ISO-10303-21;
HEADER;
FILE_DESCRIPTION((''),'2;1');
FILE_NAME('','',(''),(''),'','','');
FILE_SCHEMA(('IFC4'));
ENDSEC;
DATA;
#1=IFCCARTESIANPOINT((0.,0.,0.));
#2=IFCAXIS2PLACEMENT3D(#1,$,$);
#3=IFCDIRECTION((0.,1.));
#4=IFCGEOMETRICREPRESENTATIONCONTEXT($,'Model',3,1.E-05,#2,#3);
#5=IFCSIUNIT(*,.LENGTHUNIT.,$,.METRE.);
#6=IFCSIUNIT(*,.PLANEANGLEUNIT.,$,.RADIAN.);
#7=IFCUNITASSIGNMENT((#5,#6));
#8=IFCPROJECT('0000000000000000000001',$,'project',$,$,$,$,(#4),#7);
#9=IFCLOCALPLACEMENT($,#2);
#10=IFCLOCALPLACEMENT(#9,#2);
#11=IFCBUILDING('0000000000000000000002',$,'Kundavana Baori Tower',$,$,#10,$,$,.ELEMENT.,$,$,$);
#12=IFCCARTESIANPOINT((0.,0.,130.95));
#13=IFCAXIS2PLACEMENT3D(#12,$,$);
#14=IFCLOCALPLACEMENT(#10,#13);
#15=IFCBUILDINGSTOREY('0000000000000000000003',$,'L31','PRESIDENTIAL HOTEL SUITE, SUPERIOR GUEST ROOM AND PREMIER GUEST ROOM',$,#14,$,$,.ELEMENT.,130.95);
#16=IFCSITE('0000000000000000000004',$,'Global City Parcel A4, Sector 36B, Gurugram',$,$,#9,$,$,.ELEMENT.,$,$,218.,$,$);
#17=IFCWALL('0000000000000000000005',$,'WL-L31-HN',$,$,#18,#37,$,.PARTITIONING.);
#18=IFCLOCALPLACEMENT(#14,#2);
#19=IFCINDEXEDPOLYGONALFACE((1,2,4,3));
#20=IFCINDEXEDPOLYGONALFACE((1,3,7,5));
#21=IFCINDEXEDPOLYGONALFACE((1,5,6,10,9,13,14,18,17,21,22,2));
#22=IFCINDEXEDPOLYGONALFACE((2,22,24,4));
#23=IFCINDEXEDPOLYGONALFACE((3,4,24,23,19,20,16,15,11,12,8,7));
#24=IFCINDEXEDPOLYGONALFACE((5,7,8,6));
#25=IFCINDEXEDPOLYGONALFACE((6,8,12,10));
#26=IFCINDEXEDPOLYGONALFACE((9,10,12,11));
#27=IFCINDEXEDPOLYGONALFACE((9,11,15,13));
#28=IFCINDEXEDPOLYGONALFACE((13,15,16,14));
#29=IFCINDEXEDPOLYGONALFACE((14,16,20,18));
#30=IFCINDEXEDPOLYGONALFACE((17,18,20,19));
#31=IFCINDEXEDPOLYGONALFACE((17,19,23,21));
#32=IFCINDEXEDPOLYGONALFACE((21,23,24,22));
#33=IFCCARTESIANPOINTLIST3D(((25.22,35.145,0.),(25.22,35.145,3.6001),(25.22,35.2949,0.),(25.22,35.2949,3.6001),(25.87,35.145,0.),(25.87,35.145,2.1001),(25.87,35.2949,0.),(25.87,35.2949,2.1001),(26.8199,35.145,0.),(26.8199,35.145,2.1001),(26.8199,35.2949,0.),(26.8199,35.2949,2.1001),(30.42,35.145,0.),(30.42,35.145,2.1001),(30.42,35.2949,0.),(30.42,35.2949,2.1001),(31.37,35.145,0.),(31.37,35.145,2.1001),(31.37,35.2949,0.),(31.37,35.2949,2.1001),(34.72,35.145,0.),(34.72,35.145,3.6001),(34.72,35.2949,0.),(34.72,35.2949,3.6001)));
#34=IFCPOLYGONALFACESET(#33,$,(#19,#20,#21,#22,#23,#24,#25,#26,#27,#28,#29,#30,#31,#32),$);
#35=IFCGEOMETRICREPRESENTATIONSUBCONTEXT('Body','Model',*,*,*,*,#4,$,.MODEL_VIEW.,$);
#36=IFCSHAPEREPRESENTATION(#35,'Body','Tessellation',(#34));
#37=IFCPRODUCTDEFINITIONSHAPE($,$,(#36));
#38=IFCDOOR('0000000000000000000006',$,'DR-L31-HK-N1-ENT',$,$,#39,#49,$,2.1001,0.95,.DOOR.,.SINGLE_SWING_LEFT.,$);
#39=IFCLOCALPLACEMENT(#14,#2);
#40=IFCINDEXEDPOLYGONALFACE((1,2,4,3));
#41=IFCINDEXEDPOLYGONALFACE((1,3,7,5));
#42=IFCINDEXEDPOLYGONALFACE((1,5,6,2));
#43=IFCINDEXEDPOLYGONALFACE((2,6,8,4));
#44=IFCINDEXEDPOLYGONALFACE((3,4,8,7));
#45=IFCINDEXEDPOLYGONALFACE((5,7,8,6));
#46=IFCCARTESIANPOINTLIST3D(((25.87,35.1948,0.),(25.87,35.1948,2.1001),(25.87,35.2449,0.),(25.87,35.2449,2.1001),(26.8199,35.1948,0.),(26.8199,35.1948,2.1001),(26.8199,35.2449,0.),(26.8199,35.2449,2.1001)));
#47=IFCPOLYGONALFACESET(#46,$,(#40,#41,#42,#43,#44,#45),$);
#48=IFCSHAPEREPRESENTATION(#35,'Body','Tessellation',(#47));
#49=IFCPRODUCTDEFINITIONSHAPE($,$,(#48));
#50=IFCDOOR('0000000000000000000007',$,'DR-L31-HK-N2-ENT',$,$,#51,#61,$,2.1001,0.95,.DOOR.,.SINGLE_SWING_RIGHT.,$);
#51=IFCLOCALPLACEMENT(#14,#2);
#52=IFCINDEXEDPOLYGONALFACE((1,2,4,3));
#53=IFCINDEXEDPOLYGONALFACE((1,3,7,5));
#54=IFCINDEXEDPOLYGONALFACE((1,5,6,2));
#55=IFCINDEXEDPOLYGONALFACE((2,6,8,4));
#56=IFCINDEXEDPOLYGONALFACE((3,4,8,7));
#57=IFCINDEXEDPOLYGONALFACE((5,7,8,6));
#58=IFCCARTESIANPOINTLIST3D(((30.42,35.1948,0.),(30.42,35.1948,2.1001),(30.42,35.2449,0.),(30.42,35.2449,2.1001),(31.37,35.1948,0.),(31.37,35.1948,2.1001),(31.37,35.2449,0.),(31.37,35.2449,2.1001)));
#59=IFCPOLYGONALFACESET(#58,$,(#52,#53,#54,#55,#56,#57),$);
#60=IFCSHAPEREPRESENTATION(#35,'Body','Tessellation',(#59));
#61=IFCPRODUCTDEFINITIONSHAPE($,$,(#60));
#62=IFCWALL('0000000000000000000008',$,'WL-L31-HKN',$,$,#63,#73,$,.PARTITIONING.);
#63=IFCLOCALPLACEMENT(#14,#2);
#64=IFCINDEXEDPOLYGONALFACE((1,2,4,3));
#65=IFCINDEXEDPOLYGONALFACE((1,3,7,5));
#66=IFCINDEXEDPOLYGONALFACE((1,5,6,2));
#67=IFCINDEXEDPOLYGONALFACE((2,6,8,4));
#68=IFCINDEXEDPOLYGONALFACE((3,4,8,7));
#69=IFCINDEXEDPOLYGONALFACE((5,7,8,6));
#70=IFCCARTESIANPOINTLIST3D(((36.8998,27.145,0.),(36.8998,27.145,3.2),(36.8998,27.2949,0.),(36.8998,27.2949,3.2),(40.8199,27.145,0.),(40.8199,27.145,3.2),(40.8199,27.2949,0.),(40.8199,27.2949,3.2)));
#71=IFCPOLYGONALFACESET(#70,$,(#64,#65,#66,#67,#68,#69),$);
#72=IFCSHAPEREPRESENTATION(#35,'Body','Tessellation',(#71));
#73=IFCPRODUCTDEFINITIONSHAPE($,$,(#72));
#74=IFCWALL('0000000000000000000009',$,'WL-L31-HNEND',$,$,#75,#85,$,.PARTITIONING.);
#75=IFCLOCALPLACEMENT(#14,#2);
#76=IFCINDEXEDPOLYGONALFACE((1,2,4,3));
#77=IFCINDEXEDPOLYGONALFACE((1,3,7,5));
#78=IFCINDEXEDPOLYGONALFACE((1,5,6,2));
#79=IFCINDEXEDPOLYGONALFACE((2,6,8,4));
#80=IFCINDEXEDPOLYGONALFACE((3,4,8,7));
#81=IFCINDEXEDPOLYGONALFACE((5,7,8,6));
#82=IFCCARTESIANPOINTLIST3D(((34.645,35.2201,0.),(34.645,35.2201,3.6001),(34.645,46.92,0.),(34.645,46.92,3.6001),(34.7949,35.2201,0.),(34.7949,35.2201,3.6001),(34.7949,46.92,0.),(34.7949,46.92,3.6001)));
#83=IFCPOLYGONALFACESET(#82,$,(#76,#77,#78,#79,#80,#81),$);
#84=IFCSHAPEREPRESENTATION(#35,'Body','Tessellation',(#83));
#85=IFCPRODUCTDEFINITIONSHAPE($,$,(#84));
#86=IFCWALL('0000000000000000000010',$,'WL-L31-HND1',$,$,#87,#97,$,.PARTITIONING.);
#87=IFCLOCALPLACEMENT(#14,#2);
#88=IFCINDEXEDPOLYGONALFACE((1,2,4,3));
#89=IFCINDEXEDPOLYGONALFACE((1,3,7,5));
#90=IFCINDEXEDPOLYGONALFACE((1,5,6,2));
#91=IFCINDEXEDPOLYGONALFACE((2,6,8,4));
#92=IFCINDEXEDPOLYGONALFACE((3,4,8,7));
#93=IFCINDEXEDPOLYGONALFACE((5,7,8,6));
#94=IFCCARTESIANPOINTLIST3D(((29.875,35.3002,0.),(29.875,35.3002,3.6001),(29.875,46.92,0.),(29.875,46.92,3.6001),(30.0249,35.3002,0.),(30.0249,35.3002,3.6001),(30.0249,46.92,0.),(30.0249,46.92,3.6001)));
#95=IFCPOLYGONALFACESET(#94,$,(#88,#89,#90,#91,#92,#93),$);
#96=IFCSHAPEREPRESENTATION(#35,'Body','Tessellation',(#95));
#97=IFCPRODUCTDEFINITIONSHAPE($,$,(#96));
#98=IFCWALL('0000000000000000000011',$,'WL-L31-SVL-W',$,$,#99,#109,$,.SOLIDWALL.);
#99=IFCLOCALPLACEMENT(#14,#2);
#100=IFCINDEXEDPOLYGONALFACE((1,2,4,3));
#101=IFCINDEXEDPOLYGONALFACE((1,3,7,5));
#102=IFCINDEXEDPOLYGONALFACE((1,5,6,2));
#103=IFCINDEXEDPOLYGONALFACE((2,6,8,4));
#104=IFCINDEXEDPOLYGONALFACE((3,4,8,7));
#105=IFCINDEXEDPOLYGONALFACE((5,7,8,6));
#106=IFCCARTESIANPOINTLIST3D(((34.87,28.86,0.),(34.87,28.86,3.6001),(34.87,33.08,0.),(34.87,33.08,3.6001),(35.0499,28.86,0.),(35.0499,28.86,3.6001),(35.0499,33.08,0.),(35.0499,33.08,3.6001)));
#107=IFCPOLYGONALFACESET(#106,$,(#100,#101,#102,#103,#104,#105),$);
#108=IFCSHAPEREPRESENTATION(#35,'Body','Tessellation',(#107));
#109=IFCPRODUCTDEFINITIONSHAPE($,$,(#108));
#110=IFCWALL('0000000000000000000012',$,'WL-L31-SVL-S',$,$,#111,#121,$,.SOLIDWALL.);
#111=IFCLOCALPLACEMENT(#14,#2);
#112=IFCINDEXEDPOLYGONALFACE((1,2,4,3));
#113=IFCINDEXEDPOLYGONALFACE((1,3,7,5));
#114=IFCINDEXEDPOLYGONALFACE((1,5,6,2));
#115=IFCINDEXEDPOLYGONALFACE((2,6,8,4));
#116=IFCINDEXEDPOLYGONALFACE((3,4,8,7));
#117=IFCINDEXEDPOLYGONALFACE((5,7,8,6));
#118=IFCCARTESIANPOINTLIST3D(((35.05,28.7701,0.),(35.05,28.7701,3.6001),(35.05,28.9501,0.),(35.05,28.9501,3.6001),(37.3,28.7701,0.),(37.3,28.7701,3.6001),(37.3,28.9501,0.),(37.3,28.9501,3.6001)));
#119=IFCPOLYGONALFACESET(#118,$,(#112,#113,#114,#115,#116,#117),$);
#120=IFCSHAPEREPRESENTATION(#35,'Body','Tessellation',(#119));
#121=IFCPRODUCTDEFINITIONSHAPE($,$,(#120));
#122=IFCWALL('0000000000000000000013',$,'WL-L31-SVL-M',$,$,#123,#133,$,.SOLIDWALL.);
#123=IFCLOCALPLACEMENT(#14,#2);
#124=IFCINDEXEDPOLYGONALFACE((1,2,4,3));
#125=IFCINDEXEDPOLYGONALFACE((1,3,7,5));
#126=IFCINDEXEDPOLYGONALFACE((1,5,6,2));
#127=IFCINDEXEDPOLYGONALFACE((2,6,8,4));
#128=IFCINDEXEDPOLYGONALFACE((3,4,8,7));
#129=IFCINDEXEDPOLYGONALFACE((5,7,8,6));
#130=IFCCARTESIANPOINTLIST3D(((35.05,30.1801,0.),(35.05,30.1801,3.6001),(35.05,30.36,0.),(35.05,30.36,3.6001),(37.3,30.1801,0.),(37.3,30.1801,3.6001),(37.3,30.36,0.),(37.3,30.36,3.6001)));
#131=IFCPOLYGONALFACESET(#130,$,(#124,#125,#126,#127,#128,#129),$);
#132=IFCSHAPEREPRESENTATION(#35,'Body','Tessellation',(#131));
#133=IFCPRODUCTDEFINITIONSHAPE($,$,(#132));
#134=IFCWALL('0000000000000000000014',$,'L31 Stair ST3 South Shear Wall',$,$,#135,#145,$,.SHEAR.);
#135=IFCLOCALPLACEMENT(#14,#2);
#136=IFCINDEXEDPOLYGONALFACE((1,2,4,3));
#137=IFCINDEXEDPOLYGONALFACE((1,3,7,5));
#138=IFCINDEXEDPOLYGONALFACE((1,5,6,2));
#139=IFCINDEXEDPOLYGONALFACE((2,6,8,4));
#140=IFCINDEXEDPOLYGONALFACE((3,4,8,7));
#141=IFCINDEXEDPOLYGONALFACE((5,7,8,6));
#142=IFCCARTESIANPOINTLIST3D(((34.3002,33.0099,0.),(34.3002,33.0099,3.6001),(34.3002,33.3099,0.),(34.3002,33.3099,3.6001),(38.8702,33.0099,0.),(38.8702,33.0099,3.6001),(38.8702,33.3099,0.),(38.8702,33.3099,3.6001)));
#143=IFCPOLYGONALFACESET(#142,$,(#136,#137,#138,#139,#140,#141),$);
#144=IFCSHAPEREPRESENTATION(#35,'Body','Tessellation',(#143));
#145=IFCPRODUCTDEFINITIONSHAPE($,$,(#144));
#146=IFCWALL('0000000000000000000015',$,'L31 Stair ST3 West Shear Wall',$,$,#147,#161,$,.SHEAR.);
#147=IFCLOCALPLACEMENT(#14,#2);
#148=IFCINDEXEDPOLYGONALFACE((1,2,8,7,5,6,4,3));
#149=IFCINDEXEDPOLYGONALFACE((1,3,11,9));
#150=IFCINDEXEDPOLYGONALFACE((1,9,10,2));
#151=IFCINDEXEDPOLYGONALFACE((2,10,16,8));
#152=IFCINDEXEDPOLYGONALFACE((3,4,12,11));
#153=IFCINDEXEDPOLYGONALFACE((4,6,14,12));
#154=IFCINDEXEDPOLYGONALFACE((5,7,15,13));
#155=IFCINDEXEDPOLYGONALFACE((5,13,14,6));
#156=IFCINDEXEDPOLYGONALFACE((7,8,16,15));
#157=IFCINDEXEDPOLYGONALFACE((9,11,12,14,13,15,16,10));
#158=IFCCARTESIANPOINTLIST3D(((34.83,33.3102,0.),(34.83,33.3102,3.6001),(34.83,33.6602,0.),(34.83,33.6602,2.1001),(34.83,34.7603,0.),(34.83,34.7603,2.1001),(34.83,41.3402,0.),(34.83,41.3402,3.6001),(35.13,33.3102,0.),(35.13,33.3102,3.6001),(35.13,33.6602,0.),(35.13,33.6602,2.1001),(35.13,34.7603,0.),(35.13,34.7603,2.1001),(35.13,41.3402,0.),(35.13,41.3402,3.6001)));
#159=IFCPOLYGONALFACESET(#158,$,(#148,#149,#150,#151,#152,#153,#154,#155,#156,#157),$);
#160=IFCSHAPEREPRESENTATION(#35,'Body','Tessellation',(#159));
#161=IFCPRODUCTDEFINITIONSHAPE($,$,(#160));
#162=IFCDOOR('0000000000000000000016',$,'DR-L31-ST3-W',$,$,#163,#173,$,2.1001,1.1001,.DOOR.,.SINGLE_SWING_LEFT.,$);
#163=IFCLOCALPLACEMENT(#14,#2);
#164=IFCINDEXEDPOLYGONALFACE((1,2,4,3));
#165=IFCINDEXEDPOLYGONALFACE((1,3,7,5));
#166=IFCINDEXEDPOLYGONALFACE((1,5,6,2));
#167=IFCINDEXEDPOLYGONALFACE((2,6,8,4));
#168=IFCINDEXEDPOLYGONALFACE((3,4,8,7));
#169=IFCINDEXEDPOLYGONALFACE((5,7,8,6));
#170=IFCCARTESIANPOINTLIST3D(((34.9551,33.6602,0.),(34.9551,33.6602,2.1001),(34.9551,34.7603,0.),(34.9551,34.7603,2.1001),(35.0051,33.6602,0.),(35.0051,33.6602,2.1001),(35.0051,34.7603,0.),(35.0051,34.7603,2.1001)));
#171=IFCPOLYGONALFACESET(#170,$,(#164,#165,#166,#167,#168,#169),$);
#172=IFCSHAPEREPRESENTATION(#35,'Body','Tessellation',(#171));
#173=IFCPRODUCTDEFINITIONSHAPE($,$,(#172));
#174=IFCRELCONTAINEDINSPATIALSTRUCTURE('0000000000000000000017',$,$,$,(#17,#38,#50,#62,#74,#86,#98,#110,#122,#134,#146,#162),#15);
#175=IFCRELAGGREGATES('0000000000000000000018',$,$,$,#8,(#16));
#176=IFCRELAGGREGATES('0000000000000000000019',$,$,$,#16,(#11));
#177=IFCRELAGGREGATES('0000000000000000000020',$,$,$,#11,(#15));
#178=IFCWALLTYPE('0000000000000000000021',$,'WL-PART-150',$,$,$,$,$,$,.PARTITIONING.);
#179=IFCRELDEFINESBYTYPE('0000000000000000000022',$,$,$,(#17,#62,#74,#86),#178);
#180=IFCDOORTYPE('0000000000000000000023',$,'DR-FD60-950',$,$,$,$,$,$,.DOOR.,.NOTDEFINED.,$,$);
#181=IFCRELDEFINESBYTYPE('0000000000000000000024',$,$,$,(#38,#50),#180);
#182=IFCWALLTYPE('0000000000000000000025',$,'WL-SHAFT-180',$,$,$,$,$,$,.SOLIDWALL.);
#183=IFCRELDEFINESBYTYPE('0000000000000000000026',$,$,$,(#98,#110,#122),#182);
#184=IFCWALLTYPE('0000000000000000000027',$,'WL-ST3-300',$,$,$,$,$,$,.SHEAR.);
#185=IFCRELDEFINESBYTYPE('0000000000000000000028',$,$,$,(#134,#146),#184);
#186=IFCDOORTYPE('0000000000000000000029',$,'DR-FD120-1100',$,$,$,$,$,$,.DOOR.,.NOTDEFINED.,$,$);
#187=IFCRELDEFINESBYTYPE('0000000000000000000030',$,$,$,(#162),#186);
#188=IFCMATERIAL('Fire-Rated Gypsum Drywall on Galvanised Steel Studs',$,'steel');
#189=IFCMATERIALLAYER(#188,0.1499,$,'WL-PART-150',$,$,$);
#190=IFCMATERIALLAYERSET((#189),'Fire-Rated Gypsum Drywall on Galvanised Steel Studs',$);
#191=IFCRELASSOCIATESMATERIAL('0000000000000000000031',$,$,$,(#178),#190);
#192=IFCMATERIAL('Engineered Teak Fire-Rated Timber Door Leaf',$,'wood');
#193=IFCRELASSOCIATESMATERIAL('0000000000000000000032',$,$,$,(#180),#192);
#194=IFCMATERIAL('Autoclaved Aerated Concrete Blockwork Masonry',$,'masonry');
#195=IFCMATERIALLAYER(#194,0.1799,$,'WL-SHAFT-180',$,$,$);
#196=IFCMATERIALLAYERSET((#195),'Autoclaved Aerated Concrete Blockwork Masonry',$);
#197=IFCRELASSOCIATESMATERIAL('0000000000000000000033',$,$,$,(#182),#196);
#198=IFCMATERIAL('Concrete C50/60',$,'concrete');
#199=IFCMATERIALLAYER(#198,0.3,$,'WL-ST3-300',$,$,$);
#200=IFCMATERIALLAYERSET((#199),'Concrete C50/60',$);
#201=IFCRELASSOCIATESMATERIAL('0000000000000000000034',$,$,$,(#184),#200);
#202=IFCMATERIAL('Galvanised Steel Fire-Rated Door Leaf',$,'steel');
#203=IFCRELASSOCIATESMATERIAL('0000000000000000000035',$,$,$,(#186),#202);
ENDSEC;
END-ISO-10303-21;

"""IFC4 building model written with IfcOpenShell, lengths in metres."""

from ifc_helpers import new_model, si_unit, direction, frame, frame_2d, origin, place, context, subcontext, project, spatial, rectangle, extrude, material, layer, layer_set, type_object, element, fill, save


model = new_model("IFC4")

# Units and contexts
model_context = context("Model", 3, precision=1e-05, world=origin(), true_north=direction((0.0, 1.0)))
body_context = subcontext(model_context, "Body", "Model", "MODEL_VIEW")
ifc_project = project(units=[si_unit("LENGTHUNIT", "METRE"), si_unit("PLANEANGLEUNIT", "RADIAN")], contexts=[model_context])

# Site, building, storey
site_placement = place(None, origin())
site = spatial("IfcSite", under=ifc_project, at=site_placement, Name="Global City Parcel A4, Sector 36B, Gurugram", CompositionType="ELEMENT", RefElevation=218.0)
building_placement = place(site_placement, origin())
building = spatial("IfcBuilding", under=site, at=building_placement, Name="Kundavana Baori Tower", CompositionType="ELEMENT")
storey_placement = place(building_placement, frame((0.0, 0.0, 130.95)))
storey = spatial("IfcBuildingStorey", under=building, at=storey_placement, Name="L31", Description="PRESIDENTIAL HOTEL SUITE, SUPERIOR GUEST ROOM AND PREMIER GUEST ROOM", CompositionType="ELEMENT", Elevation=130.95)

# Wall, openings, doors
ifc_material_1 = material(Name="Fire-Rated Gypsum Drywall on Galvanised Steel Studs", Category="steel")
ifc_layer_1 = layer(ifc_material_1, 0.1499, Name="WL-PART-150")
ifc_layer_set_1 = layer_set([ifc_layer_1], Name="Fire-Rated Gypsum Drywall on Galvanised Steel Studs")
wall_type_1 = type_object("IfcWallType", Name="WL-PART-150", PredefinedType="PARTITIONING", material=ifc_layer_set_1)
wall_1_placement = place(storey_placement, frame((25.22, 35.22, 0.0), z_axis=(0.0, 0.0, 1.0), x_axis=(1.0, 0.0, 0.0)))
wall_1 = element("IfcWall", 1, at=wall_1_placement, inside=storey, type_object=wall_type_1, Name="WL-L31-HN", PredefinedType="PARTITIONING", context=body_context, shape_type="SweptSolid", body=[
    extrude(rectangle(XDim=9.5, YDim=0.1499, at=frame_2d((4.75, 0.0))), origin(), (0.0, 0.0, 1.0), 3.6001),
])
opening_1_placement = place(wall_1_placement, frame((0.6499, 0.0, 0.0)))
opening_1 = element("IfcOpeningElement", 2, at=opening_1_placement, cuts=wall_1, PredefinedType="OPENING", context=body_context, shape_type="SweptSolid", body=[
    extrude(rectangle(XDim=0.95, YDim=2.1001, at=frame_2d((0.4751, 1.05))), frame((0.0, 0.085, 0.0), z_axis=(0.0, -1.0, 0.0), x_axis=(1.0, 0.0, 0.0)), (0.0, 0.0, 1.0), 0.1699),
])
opening_2_placement = place(wall_1_placement, frame((5.2, 0.0, 0.0)))
opening_2 = element("IfcOpeningElement", 3, at=opening_2_placement, cuts=wall_1, PredefinedType="OPENING", context=body_context, shape_type="SweptSolid", body=[
    extrude(rectangle(XDim=0.95, YDim=2.1001, at=frame_2d((0.4751, 1.05))), frame((0.0, 0.085, 0.0), z_axis=(0.0, -1.0, 0.0), x_axis=(1.0, 0.0, 0.0)), (0.0, 0.0, 1.0), 0.1699),
])
ifc_material_2 = material(Name="Engineered Teak Fire-Rated Timber Door Leaf", Category="wood")
door_type_1 = type_object("IfcDoorType", Name="DR-FD60-950", OperationType="NOTDEFINED", PredefinedType="DOOR", material=ifc_material_2)
door_1_placement = place(opening_1_placement, origin())
door_1 = element("IfcDoor", 4, at=door_1_placement, inside=storey, type_object=door_type_1, Name="DR-L31-HK-N1-ENT", OperationType="SINGLE_SWING_LEFT", OverallHeight=2.1001, OverallWidth=0.95, PredefinedType="DOOR", context=body_context, shape_type="SweptSolid", body=[
    extrude(rectangle(XDim=0.95, YDim=2.1001, at=frame_2d((0.4751, 1.05))), frame((0.0, 0.0249, 0.0), z_axis=(0.0, -1.0, 0.0), x_axis=(1.0, 0.0, 0.0)), (0.0, 0.0, 1.0), 0.05),
])
fill(opening_1, door_1)
door_2_placement = place(opening_2_placement, origin())
door_2 = element("IfcDoor", 5, at=door_2_placement, inside=storey, type_object=door_type_1, Name="DR-L31-HK-N2-ENT", OperationType="SINGLE_SWING_RIGHT", OverallHeight=2.1001, OverallWidth=0.95, PredefinedType="DOOR", context=body_context, shape_type="SweptSolid", body=[
    extrude(rectangle(XDim=0.95, YDim=2.1001, at=frame_2d((0.4751, 1.05))), frame((0.0, 0.0249, 0.0), z_axis=(0.0, -1.0, 0.0), x_axis=(1.0, 0.0, 0.0)), (0.0, 0.0, 1.0), 0.05),
])
fill(opening_2, door_2)

# Walls
wall_2_placement = place(storey_placement, frame((36.8999, 27.22, 0.0), z_axis=(0.0, 0.0, 1.0), x_axis=(1.0, 0.0, 0.0)))
element("IfcWall", 6, at=wall_2_placement, inside=storey, type_object=wall_type_1, Name="WL-L31-HKN", PredefinedType="PARTITIONING", context=body_context, shape_type="SweptSolid", body=[
    extrude(rectangle(XDim=3.9202, YDim=0.1499, at=frame_2d((1.96, 0.0))), origin(), (0.0, 0.0, 1.0), 3.2),
])
wall_3_placement = place(storey_placement, frame((34.72, 35.22, 0.0), z_axis=(0.0, 0.0, 1.0), x_axis=(0.0, 1.0, 0.0)))
element("IfcWall", 7, at=wall_3_placement, inside=storey, type_object=wall_type_1, Name="WL-L31-HNEND", PredefinedType="PARTITIONING", context=body_context, shape_type="SweptSolid", body=[
    extrude(rectangle(XDim=11.7, YDim=0.1499, at=frame_2d((5.8501, 0.0))), origin(), (0.0, 0.0, 1.0), 3.6001),
])
wall_4_placement = place(storey_placement, frame((29.95, 35.3, 0.0), z_axis=(0.0, 0.0, 1.0), x_axis=(0.0, 1.0, 0.0)))
element("IfcWall", 8, at=wall_4_placement, inside=storey, type_object=wall_type_1, Name="WL-L31-HND1", PredefinedType="PARTITIONING", context=body_context, shape_type="SweptSolid", body=[
    extrude(rectangle(XDim=11.6199, YDim=0.1499, at=frame_2d((5.8101, 0.0))), origin(), (0.0, 0.0, 1.0), 3.6001),
])
ifc_material_3 = material(Name="Autoclaved Aerated Concrete Blockwork Masonry", Category="masonry")
ifc_layer_2 = layer(ifc_material_3, 0.1799, Name="WL-SHAFT-180")
ifc_layer_set_2 = layer_set([ifc_layer_2], Name="Autoclaved Aerated Concrete Blockwork Masonry")
wall_type_2 = type_object("IfcWallType", Name="WL-SHAFT-180", PredefinedType="SOLIDWALL", material=ifc_layer_set_2)
wall_5_placement = place(storey_placement, frame((34.96, 28.8601, 0.0), z_axis=(0.0, 0.0, 1.0), x_axis=(0.0, 1.0, 0.0)))
element("IfcWall", 9, at=wall_5_placement, inside=storey, type_object=wall_type_2, Name="WL-L31-SVL-W", PredefinedType="SOLIDWALL", context=body_context, shape_type="SweptSolid", body=[
    extrude(rectangle(XDim=4.22, YDim=0.1799, at=frame_2d((2.1099, 0.0))), origin(), (0.0, 0.0, 1.0), 3.6001),
])
for number, where, z_axis, x_axis, name in (
    (10, (35.05, 28.8601, 0.0), (0.0, 0.0, 1.0), (1.0, 0.0, 0.0), "WL-L31-SVL-S"),
    (11, (35.05, 30.27, 0.0), (0.0, 0.0, 1.0), (1.0, 0.0, 0.0), "WL-L31-SVL-M"),
):
    element("IfcWall", number, at=place(storey_placement, frame(where, z_axis=z_axis, x_axis=x_axis)), inside=storey, type_object=wall_type_2, Name=name, PredefinedType="SOLIDWALL", context=body_context, shape_type="SweptSolid", body=[
        extrude(rectangle(XDim=2.25, YDim=0.1799, at=frame_2d((1.125, 0.0))), origin(), (0.0, 0.0, 1.0), 3.6001),
    ])
ifc_material_4 = material(Name="Concrete C50/60", Category="concrete")
ifc_layer_3 = layer(ifc_material_4, 0.3, Name="WL-ST3-300")
ifc_layer_set_3 = layer_set([ifc_layer_3], Name="Concrete C50/60")
wall_type_3 = type_object("IfcWallType", Name="WL-ST3-300", PredefinedType="SHEAR", material=ifc_layer_set_3)
wall_6_placement = place(storey_placement, frame((34.3, 33.1599, 0.0), z_axis=(0.0, 0.0, 1.0), x_axis=(1.0, 0.0, 0.0)))
element("IfcWall", 12, at=wall_6_placement, inside=storey, type_object=wall_type_3, Name="L31 Stair ST3 South Shear Wall", PredefinedType="SHEAR", context=body_context, shape_type="SweptSolid", body=[
    extrude(rectangle(XDim=4.5701, YDim=0.3, at=frame_2d((2.2852, 0.0))), origin(), (0.0, 0.0, 1.0), 3.6001),
])

# Wall, opening, door
wall_7_placement = place(storey_placement, frame((34.98, 33.3101, 0.0), z_axis=(0.0, 0.0, 1.0), x_axis=(0.0, 1.0, 0.0)))
wall_7 = element("IfcWall", 13, at=wall_7_placement, inside=storey, type_object=wall_type_3, Name="L31 Stair ST3 West Shear Wall", PredefinedType="SHEAR", context=body_context, shape_type="SweptSolid", body=[
    extrude(rectangle(XDim=8.03, YDim=0.3, at=frame_2d((4.0151, 0.0))), origin(), (0.0, 0.0, 1.0), 3.6001),
])
opening_3_placement = place(wall_7_placement, frame((0.3501, 0.0, 0.0)))
opening_3 = element("IfcOpeningElement", 14, at=opening_3_placement, cuts=wall_7, PredefinedType="OPENING", context=body_context, shape_type="SweptSolid", body=[
    extrude(rectangle(XDim=1.1001, YDim=2.1001, at=frame_2d((0.55, 1.05))), frame((0.0, 0.1602, 0.0), z_axis=(0.0, -1.0, 0.0), x_axis=(1.0, 0.0, 0.0)), (0.0, 0.0, 1.0), 0.3201),
])
ifc_material_5 = material(Name="Galvanised Steel Fire-Rated Door Leaf", Category="steel")
door_type_2 = type_object("IfcDoorType", Name="DR-FD120-1100", OperationType="NOTDEFINED", PredefinedType="DOOR", material=ifc_material_5)
door_3_placement = place(opening_3_placement, origin())
door_3 = element("IfcDoor", 15, at=door_3_placement, inside=storey, type_object=door_type_2, Name="DR-L31-ST3-W", OperationType="SINGLE_SWING_LEFT", OverallHeight=2.1001, OverallWidth=1.1001, PredefinedType="DOOR", context=body_context, shape_type="SweptSolid", body=[
    extrude(rectangle(XDim=1.1001, YDim=2.1001, at=frame_2d((0.55, 1.05))), frame((0.0, 0.0249, 0.0), z_axis=(0.0, -1.0, 0.0), x_axis=(1.0, 0.0, 0.0)), (0.0, 0.0, 1.0), 0.05),
])
fill(opening_3, door_3)

save(model, "model.ifc")
